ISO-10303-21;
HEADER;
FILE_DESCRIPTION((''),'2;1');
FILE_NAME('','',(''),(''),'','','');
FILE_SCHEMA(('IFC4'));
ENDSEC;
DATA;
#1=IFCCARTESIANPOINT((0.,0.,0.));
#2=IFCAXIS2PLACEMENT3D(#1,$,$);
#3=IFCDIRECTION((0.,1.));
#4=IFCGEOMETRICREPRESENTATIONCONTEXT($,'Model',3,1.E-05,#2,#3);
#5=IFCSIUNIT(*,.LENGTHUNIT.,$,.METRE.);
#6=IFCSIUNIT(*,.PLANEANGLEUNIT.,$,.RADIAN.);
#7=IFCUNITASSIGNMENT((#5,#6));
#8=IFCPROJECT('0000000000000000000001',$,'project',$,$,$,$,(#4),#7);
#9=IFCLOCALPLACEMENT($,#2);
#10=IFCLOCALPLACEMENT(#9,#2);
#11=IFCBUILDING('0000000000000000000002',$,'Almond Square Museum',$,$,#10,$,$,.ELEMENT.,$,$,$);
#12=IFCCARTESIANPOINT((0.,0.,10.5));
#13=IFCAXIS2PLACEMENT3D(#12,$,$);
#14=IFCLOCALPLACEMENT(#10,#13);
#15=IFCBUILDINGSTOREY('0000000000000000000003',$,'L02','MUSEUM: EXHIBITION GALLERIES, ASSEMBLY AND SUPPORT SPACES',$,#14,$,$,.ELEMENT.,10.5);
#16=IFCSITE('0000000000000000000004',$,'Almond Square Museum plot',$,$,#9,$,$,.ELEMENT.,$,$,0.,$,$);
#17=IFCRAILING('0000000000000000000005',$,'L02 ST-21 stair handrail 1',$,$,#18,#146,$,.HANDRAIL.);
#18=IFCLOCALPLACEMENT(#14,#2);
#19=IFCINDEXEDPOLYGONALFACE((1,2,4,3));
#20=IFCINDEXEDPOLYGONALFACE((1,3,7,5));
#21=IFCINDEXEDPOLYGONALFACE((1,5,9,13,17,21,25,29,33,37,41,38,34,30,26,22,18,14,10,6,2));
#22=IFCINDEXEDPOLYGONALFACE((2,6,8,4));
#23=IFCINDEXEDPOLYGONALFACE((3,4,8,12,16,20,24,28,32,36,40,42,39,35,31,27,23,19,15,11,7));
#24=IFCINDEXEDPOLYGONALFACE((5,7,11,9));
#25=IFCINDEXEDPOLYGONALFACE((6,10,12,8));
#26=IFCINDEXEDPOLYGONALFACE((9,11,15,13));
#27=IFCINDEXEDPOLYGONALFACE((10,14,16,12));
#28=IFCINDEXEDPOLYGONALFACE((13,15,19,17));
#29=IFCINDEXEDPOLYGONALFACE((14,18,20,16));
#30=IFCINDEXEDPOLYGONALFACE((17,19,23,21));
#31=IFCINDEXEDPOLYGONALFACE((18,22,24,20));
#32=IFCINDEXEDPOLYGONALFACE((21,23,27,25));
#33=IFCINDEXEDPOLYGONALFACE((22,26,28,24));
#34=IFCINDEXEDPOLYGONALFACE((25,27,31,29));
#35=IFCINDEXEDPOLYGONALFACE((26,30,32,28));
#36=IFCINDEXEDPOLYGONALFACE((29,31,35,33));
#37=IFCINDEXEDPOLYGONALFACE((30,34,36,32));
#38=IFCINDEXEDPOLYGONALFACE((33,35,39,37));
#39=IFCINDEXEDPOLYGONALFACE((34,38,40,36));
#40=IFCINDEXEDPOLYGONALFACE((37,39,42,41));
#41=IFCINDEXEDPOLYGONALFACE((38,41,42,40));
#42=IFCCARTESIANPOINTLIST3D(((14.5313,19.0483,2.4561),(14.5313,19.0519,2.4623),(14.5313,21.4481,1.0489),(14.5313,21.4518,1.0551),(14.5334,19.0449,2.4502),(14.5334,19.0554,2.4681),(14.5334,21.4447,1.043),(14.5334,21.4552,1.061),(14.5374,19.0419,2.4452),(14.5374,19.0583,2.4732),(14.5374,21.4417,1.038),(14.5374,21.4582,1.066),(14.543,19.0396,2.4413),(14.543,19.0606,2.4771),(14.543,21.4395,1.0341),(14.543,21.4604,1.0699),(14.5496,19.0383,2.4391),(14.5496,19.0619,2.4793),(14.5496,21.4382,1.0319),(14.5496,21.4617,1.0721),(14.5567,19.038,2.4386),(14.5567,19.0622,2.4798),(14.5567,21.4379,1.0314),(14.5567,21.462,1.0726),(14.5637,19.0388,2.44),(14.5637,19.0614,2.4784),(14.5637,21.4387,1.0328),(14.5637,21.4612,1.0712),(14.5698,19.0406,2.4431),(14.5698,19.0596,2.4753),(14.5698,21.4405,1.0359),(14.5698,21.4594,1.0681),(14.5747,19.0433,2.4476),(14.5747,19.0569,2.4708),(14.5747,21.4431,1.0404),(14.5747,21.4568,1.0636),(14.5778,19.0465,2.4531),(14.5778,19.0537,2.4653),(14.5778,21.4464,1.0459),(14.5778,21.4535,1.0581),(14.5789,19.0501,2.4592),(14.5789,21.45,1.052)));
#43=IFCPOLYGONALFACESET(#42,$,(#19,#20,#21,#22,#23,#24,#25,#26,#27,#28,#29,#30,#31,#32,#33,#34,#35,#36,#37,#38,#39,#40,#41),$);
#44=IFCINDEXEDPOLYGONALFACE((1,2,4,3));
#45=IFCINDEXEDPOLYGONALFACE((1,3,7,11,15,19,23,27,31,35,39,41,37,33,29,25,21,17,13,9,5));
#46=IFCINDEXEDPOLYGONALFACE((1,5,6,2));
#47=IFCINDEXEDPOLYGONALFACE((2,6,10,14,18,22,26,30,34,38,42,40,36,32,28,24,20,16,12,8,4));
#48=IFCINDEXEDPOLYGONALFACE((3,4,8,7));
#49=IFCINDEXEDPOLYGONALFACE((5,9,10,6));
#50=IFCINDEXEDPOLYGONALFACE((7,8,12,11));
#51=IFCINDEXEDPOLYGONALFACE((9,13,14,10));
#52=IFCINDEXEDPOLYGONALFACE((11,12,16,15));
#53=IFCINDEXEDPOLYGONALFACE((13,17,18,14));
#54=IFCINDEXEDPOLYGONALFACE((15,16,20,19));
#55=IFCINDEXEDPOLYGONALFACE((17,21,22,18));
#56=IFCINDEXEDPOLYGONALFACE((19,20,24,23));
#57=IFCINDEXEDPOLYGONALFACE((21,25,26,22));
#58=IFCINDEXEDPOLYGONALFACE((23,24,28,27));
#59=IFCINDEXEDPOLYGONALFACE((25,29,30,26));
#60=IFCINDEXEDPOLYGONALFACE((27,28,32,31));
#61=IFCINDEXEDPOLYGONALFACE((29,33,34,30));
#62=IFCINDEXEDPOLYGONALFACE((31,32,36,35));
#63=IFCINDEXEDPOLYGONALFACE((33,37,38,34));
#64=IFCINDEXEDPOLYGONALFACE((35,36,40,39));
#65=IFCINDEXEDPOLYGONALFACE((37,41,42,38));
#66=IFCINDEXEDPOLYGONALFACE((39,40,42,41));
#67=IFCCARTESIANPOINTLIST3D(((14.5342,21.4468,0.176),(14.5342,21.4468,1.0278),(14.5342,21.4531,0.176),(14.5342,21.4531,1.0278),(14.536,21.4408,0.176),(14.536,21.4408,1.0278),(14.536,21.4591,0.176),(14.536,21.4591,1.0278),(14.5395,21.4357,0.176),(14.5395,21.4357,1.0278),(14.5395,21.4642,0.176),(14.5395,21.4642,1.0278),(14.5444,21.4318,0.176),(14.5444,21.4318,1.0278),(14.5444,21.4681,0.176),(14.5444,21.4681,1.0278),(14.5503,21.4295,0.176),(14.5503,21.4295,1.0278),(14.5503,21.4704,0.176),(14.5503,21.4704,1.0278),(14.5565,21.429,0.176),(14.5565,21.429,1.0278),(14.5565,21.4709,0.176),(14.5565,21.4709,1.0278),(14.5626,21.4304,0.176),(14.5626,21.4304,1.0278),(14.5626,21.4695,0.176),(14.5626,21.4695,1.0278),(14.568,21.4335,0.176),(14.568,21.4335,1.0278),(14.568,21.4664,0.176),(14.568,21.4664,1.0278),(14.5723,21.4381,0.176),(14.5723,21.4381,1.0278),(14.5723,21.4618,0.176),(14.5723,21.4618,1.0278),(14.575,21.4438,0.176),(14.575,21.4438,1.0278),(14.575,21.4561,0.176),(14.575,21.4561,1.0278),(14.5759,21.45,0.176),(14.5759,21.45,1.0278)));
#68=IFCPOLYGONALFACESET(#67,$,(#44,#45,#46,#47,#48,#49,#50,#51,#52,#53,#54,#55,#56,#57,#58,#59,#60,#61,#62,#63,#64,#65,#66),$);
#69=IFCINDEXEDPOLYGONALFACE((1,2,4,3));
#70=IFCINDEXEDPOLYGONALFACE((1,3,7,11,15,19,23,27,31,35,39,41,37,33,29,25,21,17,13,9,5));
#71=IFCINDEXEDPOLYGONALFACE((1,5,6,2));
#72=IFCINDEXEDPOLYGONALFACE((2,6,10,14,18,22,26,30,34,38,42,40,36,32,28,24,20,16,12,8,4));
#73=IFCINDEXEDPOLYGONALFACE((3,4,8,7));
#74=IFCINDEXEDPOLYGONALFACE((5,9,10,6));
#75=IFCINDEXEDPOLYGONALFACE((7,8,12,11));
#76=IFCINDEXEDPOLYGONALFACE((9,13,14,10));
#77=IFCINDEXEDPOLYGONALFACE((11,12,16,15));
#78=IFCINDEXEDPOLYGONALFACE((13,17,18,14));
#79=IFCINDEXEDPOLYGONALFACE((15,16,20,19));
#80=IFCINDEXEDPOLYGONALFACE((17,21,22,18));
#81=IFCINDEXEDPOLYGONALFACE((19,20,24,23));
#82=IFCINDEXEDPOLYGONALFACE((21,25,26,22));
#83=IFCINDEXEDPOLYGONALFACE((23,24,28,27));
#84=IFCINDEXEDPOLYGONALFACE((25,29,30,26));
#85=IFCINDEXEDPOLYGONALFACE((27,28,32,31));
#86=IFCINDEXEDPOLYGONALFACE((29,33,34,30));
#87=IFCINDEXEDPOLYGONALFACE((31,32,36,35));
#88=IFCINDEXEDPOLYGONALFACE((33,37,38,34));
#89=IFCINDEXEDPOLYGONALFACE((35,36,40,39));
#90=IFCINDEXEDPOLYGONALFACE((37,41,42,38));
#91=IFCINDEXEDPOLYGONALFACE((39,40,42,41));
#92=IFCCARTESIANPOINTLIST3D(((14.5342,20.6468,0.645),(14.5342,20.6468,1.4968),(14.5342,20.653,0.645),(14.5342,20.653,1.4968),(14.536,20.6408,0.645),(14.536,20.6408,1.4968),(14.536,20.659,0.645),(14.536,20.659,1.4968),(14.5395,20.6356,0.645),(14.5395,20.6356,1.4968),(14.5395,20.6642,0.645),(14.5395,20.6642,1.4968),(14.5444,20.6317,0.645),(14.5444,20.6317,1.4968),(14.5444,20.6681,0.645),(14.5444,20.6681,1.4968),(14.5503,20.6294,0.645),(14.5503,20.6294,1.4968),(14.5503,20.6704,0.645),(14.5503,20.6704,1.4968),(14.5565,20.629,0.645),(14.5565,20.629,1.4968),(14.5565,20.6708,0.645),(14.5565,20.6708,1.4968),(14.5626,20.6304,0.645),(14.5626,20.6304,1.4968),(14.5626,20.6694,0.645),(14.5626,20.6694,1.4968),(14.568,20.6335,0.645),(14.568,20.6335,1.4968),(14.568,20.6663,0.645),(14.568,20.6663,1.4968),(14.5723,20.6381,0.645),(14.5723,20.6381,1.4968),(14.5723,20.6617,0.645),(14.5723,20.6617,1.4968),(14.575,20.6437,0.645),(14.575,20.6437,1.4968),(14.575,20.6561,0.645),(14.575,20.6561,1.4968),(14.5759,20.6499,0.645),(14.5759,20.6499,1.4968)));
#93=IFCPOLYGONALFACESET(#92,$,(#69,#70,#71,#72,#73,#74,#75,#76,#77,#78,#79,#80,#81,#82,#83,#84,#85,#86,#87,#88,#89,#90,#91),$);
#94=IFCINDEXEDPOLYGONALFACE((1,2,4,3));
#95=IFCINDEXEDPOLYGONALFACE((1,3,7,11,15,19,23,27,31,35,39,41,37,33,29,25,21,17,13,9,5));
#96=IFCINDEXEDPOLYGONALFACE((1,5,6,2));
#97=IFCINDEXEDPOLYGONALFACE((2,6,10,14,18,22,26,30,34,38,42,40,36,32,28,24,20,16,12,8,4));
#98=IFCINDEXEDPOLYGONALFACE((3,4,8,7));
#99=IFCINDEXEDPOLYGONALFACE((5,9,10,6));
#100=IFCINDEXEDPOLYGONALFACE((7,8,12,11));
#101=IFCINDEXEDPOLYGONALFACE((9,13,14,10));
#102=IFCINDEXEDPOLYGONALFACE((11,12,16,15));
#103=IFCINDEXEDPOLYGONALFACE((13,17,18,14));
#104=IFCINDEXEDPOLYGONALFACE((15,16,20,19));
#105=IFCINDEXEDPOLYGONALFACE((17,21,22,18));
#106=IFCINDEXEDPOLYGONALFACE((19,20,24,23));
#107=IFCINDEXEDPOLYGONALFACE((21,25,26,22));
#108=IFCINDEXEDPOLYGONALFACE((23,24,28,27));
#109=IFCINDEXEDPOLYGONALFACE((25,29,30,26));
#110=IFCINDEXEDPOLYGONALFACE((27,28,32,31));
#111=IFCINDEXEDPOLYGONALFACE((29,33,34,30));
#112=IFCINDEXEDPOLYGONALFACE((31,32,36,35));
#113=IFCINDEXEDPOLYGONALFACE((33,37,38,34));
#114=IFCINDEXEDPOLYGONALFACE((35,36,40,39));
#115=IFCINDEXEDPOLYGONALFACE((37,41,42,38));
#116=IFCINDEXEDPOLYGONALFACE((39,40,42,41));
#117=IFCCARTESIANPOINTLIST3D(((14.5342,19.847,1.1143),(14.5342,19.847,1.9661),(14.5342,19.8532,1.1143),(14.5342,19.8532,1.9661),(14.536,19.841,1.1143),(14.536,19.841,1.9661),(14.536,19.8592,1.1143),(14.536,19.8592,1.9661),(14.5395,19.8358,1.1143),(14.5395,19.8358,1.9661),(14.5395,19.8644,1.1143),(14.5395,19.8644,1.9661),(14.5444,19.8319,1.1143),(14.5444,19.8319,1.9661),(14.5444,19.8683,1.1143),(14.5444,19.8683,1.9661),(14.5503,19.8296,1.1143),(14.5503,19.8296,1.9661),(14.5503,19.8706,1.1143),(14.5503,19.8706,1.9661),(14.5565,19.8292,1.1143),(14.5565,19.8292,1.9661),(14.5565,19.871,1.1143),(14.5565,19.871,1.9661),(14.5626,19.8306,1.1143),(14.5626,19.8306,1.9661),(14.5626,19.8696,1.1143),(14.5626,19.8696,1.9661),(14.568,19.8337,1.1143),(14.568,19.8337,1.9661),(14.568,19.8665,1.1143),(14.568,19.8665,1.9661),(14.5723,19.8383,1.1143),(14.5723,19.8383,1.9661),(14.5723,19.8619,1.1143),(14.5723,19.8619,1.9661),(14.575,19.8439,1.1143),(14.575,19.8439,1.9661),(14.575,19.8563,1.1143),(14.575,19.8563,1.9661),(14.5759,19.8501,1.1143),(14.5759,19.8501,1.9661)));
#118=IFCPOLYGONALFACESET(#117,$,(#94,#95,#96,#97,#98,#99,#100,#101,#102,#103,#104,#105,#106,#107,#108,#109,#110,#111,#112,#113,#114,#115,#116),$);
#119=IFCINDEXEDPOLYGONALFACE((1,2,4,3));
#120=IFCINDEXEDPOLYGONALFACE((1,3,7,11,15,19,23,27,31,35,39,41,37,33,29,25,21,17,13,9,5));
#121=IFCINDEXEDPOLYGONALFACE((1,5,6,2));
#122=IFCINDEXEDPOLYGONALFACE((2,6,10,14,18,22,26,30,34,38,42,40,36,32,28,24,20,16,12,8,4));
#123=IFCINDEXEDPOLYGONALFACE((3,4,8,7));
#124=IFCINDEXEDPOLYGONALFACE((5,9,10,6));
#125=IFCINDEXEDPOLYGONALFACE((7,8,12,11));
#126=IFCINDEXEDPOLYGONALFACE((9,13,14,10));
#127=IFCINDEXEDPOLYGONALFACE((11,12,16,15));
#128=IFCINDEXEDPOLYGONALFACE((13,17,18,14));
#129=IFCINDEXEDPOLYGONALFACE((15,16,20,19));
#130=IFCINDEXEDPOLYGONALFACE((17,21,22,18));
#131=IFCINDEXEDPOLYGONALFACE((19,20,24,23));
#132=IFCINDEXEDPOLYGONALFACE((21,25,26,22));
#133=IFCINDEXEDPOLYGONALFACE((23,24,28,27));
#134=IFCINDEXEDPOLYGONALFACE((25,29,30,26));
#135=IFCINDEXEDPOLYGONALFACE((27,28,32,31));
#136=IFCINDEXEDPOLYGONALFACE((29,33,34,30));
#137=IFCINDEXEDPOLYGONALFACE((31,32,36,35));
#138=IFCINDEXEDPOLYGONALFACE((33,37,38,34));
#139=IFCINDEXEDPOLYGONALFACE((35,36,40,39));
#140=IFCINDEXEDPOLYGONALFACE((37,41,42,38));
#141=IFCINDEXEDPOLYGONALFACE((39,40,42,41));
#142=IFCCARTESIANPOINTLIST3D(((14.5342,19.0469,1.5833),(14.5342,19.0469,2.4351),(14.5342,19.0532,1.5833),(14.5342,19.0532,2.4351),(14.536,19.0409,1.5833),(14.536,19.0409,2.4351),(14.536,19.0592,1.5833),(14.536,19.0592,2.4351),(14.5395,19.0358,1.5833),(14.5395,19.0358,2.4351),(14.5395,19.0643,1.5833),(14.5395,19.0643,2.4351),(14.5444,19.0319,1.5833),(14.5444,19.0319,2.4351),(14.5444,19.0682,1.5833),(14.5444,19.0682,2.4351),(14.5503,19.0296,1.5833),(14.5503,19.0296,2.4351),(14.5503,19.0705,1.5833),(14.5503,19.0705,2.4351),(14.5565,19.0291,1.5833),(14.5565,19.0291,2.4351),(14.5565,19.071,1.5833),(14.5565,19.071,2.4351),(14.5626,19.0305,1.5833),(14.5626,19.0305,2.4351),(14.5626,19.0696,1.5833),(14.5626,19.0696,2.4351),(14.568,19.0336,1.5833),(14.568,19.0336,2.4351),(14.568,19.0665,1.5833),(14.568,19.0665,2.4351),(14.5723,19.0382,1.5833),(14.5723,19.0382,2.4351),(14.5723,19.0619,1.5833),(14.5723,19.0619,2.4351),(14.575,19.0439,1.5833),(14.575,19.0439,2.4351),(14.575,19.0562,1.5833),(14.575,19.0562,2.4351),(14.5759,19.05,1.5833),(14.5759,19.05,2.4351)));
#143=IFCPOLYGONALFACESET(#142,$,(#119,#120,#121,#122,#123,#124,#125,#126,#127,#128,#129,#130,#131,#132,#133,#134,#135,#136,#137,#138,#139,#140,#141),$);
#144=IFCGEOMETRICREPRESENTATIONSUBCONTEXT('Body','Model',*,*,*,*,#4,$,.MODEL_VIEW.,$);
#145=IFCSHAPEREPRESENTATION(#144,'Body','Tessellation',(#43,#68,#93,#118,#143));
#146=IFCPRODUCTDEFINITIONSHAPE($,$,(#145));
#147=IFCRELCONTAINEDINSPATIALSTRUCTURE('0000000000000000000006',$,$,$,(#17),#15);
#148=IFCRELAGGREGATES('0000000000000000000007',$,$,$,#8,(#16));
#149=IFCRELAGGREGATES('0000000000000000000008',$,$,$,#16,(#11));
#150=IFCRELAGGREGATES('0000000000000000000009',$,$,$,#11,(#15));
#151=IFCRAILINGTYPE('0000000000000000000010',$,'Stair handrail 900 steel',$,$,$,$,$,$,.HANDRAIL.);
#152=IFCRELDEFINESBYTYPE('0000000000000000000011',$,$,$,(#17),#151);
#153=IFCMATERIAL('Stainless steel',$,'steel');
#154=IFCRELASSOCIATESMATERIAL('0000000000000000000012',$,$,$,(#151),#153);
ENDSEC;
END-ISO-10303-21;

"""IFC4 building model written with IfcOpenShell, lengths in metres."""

from ifc_helpers import new_model, si_unit, direction, frame, origin, origin_2d, place, context, subcontext, project, spatial, circle, extrude, material, type_object, element, save


model = new_model("IFC4")

# Units and contexts
model_context = context("Model", 3, precision=1e-05, world=origin(), true_north=direction((0.0, 1.0)))
body_context = subcontext(model_context, "Body", "Model", "MODEL_VIEW")
ifc_project = project(units=[si_unit("LENGTHUNIT", "METRE"), si_unit("PLANEANGLEUNIT", "RADIAN")], contexts=[model_context])

# Site, building, storey
site_placement = place(None, origin())
site = spatial("IfcSite", under=ifc_project, at=site_placement, Name="Almond Square Museum plot", CompositionType="ELEMENT", RefElevation=0.0)
building_placement = place(site_placement, origin())
building = spatial("IfcBuilding", under=site, at=building_placement, Name="Almond Square Museum", CompositionType="ELEMENT")
storey_placement = place(building_placement, frame((0.0, 0.0, 10.5)))
storey = spatial("IfcBuildingStorey", under=building, at=storey_placement, Name="L02", Description="MUSEUM: EXHIBITION GALLERIES, ASSEMBLY AND SUPPORT SPACES", CompositionType="ELEMENT", Elevation=10.5)

# Railing
ifc_material_1 = material(Name="Stainless steel", Category="steel")
railing_type_1 = type_object("IfcRailingType", Name="Stair handrail 900 steel", PredefinedType="HANDRAIL", material=ifc_material_1)
railing_1_placement = place(storey_placement, frame((14.5549, 21.45, 0.176)))
element("IfcRailing", 1, at=railing_1_placement, inside=storey, type_object=railing_type_1, Name="L02 ST-21 stair handrail 1", PredefinedType="HANDRAIL", context=body_context, shape_type="SweptSolid", body=[
    extrude(circle(Radius=0.0239, at=origin_2d()), frame((0.0, 0.0, 0.876), z_axis=(0.0, -0.862637, 0.505823), x_axis=(1.0, 0.0, 0.0)), (0.0, 0.0, 1.0), 2.782),
    extrude(circle(Radius=0.021, at=origin_2d()), origin(), (0.0, 0.0, 1.0), 0.8518),
    extrude(circle(Radius=0.021, at=origin_2d()), frame((0.0, -0.8, 0.469)), (0.0, 0.0, 1.0), 0.8518),
    extrude(circle(Radius=0.021, at=origin_2d()), frame((0.0, -1.5999, 0.9382)), (0.0, 0.0, 1.0), 0.8518),
    extrude(circle(Radius=0.021, at=origin_2d()), frame((0.0, -2.3999, 1.4072)), (0.0, 0.0, 1.0), 0.8518),
])

save(model, "model.ifc")
